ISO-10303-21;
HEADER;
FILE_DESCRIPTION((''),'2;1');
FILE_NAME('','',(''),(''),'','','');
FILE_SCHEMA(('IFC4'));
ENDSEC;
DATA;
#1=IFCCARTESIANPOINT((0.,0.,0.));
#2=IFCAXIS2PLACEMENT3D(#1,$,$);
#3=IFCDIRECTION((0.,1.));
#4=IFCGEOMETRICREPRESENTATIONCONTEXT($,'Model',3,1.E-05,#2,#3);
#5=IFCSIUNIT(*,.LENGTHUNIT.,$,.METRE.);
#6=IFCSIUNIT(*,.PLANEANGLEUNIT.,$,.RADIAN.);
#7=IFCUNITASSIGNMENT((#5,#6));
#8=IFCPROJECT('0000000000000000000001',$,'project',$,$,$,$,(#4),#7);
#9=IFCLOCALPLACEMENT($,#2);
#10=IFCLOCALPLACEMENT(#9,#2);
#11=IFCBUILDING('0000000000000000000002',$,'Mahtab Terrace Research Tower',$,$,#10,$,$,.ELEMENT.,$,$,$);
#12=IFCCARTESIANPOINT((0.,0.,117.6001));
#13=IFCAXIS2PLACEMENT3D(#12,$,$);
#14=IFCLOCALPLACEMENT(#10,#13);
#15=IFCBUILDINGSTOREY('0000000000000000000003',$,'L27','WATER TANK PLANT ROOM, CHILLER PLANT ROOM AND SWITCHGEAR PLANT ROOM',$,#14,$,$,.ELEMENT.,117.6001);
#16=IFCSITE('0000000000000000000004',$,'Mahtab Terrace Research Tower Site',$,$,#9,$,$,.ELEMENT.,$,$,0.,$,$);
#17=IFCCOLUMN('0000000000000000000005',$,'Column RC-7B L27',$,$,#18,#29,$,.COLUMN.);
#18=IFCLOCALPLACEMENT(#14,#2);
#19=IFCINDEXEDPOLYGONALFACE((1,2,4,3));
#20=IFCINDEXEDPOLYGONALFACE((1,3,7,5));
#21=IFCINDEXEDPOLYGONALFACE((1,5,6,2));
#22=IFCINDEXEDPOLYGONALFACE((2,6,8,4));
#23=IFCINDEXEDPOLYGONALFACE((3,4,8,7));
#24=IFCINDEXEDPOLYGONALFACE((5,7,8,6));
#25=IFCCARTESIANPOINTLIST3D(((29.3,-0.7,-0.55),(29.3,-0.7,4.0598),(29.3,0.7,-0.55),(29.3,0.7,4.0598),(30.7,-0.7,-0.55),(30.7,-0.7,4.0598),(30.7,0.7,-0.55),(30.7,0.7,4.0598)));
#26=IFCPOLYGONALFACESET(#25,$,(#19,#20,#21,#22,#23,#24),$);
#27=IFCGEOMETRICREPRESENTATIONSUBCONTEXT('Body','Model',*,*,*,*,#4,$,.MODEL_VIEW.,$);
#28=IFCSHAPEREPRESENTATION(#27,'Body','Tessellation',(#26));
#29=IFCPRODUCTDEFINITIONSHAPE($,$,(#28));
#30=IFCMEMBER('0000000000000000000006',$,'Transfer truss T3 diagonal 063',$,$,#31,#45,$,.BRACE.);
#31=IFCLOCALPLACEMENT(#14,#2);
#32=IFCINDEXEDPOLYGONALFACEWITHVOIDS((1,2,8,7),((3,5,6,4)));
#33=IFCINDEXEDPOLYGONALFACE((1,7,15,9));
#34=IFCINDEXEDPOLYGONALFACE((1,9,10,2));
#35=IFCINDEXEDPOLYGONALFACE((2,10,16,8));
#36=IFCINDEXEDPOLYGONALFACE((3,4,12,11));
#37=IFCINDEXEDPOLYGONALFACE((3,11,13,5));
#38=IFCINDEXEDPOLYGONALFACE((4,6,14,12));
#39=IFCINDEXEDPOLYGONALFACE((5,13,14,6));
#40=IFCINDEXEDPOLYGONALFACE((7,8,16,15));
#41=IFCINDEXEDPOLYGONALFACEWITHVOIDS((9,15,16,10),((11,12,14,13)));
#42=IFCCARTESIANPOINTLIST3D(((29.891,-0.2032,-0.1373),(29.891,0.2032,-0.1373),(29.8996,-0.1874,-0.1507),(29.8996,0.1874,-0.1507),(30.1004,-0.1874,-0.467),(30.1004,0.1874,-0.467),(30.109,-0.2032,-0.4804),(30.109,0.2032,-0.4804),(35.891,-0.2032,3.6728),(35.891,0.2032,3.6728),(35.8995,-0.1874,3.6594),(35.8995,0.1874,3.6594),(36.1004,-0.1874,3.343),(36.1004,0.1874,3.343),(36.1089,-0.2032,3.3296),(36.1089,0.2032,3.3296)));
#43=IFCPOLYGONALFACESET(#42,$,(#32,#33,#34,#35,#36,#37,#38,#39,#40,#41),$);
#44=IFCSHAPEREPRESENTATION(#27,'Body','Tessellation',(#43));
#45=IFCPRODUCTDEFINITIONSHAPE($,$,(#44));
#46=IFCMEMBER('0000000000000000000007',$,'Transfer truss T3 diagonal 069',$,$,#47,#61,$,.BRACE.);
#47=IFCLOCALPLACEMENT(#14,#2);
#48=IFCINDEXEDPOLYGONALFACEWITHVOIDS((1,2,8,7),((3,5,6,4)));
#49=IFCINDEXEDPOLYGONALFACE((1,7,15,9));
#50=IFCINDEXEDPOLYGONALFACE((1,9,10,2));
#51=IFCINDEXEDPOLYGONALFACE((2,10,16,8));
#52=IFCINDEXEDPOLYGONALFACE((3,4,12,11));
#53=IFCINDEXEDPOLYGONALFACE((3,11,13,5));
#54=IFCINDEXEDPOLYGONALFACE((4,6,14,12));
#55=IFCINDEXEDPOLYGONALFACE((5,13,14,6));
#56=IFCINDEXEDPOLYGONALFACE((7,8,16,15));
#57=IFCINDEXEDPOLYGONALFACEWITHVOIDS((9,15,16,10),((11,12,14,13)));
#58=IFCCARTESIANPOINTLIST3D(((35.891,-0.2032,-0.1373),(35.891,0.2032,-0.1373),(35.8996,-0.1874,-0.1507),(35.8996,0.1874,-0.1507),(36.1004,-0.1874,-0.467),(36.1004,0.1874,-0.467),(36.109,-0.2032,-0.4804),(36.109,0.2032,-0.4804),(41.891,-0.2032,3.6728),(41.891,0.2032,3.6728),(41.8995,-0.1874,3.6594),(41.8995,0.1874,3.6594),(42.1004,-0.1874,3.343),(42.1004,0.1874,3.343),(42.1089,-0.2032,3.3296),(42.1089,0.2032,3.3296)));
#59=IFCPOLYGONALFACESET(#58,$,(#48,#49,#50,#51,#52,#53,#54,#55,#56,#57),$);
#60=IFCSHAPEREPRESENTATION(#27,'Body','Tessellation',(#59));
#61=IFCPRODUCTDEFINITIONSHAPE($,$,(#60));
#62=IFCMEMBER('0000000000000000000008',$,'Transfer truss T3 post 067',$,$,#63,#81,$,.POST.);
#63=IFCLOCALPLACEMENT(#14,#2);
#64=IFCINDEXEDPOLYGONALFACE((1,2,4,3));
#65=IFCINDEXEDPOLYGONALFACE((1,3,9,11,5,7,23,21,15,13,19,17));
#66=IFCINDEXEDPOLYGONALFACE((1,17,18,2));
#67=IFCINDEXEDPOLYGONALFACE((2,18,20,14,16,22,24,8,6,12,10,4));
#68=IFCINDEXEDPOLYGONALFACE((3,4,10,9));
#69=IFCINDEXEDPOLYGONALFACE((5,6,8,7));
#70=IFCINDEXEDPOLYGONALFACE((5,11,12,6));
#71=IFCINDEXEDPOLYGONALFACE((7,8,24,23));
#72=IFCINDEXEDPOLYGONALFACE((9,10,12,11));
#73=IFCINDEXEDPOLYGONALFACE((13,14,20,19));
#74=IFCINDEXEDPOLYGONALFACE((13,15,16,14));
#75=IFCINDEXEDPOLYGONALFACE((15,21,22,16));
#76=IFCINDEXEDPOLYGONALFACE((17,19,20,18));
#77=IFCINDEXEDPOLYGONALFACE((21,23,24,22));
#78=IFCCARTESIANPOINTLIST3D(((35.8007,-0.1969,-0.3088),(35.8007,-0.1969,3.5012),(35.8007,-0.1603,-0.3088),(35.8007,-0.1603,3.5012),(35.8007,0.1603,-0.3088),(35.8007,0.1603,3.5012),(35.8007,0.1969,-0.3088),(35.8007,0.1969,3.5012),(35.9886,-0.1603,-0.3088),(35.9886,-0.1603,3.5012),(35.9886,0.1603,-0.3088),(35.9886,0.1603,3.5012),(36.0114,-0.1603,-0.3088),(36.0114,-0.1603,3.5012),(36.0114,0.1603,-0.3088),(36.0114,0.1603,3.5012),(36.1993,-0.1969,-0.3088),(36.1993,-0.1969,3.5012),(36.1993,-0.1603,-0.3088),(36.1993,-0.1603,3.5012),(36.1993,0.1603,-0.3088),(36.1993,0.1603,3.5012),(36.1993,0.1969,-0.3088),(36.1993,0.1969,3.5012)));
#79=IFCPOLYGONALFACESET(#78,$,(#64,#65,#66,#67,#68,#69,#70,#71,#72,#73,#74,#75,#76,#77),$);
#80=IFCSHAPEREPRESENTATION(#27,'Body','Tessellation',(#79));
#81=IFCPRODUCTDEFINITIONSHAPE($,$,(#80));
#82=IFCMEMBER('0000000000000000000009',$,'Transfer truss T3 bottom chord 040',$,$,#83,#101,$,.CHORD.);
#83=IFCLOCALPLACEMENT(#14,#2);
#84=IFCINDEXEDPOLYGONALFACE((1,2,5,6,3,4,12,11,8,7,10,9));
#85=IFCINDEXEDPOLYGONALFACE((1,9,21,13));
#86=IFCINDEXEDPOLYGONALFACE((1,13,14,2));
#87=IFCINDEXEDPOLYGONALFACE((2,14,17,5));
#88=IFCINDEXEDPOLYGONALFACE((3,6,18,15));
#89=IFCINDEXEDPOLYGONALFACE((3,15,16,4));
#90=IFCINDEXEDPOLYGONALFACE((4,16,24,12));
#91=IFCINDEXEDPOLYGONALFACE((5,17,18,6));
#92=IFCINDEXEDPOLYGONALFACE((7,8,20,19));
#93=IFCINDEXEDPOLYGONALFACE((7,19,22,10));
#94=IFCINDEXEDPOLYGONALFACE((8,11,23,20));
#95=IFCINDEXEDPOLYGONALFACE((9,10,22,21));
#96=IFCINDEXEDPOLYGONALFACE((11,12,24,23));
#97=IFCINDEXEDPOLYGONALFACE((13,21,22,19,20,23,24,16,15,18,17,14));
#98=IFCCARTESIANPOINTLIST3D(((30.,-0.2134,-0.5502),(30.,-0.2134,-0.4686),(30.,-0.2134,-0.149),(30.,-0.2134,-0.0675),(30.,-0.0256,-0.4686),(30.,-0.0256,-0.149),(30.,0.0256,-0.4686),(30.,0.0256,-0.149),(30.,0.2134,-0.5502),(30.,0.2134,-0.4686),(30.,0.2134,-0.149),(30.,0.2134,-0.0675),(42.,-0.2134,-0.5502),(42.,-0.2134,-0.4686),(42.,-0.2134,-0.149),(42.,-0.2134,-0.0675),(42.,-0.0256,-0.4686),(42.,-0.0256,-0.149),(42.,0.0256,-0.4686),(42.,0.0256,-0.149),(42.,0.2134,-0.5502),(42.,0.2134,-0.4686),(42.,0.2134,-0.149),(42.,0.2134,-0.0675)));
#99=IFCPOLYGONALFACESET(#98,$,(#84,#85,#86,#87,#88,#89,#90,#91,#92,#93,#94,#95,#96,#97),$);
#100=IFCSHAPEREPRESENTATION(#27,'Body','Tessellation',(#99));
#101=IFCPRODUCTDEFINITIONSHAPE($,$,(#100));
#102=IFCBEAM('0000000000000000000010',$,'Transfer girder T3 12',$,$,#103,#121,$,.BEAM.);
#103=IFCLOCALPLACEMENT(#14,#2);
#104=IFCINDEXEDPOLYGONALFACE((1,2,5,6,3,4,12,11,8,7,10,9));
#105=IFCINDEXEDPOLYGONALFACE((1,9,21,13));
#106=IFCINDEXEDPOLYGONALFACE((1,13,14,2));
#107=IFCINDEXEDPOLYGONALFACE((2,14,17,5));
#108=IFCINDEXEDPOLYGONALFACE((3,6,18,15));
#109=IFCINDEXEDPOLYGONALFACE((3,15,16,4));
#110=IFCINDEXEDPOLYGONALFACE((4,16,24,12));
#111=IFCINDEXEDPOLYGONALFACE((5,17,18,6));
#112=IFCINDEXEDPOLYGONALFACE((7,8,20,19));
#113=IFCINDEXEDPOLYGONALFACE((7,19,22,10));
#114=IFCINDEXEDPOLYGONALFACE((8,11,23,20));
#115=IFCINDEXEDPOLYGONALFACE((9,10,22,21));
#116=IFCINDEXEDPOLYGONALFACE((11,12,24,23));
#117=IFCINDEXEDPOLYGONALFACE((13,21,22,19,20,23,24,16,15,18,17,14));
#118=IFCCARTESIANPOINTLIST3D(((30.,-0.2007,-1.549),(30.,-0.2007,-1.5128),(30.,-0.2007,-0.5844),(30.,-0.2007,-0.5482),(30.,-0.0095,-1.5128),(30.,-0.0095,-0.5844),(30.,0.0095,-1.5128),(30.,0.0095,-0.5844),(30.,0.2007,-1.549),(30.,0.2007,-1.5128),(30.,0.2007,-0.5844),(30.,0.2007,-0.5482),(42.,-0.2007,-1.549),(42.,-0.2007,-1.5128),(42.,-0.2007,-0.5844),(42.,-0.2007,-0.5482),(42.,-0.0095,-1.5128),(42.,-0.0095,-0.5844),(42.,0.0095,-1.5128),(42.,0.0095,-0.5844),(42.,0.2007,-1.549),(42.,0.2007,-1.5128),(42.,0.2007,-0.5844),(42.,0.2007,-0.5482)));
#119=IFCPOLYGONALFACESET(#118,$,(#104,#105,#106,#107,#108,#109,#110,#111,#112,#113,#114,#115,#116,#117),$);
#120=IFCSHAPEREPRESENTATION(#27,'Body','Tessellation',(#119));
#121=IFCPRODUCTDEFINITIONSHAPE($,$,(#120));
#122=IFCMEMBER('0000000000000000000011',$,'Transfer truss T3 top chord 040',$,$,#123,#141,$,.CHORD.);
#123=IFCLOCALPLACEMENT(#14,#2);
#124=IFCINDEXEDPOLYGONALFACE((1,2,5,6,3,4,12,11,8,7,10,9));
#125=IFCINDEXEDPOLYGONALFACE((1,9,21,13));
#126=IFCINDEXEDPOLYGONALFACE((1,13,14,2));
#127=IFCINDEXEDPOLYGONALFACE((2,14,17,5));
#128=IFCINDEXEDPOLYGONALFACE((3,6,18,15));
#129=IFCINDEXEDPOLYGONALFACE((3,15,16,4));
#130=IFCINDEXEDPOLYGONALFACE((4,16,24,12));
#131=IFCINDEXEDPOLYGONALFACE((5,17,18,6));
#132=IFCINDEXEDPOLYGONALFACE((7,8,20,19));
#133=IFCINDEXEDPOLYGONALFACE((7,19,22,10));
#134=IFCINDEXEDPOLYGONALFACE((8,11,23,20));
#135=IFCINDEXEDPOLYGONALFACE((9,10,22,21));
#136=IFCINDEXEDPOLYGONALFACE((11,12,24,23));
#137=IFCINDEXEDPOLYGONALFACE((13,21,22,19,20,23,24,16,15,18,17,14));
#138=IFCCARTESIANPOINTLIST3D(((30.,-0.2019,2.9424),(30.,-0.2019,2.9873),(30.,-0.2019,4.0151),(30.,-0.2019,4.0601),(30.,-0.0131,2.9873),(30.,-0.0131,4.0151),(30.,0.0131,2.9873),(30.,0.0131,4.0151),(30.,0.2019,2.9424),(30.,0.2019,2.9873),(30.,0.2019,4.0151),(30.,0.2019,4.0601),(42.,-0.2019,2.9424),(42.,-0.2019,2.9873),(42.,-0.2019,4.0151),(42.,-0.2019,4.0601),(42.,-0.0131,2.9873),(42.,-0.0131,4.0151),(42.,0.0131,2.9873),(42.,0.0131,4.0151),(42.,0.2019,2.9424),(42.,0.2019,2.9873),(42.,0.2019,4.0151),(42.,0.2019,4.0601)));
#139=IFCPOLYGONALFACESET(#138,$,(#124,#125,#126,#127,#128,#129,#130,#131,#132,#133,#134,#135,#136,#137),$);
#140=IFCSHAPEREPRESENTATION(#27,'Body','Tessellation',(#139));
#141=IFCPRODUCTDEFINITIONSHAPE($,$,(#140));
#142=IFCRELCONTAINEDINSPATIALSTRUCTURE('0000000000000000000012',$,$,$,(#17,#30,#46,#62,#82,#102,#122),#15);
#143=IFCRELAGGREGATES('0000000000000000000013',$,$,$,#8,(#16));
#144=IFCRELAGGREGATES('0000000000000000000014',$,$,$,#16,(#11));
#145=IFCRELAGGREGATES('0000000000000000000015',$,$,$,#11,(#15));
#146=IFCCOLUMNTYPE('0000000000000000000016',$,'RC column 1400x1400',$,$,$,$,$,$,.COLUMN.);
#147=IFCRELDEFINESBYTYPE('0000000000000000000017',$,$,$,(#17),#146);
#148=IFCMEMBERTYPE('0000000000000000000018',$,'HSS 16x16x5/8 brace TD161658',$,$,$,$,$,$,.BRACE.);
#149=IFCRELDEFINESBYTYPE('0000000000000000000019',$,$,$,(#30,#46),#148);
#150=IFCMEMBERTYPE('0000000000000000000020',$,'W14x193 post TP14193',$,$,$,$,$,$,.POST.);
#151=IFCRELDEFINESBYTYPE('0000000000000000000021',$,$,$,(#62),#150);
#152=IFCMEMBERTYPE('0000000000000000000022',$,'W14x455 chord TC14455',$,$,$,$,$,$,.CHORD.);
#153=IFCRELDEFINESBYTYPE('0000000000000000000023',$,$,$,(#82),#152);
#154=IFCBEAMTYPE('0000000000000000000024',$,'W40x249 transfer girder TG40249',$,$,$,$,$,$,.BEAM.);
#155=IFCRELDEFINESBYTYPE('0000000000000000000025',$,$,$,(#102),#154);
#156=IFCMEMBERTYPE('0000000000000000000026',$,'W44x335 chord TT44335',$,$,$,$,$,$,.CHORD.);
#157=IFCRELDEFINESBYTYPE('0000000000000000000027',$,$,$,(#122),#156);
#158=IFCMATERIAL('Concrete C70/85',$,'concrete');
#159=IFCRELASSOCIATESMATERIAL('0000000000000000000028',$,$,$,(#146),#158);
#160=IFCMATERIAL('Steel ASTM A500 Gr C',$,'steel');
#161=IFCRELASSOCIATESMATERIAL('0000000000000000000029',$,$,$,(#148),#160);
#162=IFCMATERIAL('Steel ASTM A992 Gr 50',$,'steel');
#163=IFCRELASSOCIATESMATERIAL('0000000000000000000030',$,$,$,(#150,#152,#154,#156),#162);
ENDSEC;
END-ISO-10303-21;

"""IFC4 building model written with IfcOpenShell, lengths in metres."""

from ifc_helpers import new_model, si_unit, direction, frame, origin, origin_2d, place, context, subcontext, project, spatial, rectangle, hollow_rectangle, i_section, extrude, material, material_profile, profile_set, type_object, element, save


model = new_model("IFC4")

# Units and contexts
model_context = context("Model", 3, precision=1e-05, world=origin(), true_north=direction((0.0, 1.0)))
body_context = subcontext(model_context, "Body", "Model", "MODEL_VIEW")
ifc_project = project(units=[si_unit("LENGTHUNIT", "METRE"), si_unit("PLANEANGLEUNIT", "RADIAN")], contexts=[model_context])

# Site, building, storey
site_placement = place(None, origin())
site = spatial("IfcSite", under=ifc_project, at=site_placement, Name="Mahtab Terrace Research Tower Site", CompositionType="ELEMENT", RefElevation=0.0)
building_placement = place(site_placement, origin())
building = spatial("IfcBuilding", under=site, at=building_placement, Name="Mahtab Terrace Research Tower", CompositionType="ELEMENT")
storey_placement = place(building_placement, frame((0.0, 0.0, 117.6001)))
storey = spatial("IfcBuildingStorey", under=building, at=storey_placement, Name="L27", Description="WATER TANK PLANT ROOM, CHILLER PLANT ROOM AND SWITCHGEAR PLANT ROOM", CompositionType="ELEMENT", Elevation=117.6001)

# Column
ifc_material_1 = material(Name="Concrete C70/85", Category="concrete")
ifc_material_profile_1 = material_profile(ifc_material_1, rectangle(XDim=1.3999, YDim=1.3999, at=origin_2d()), Name="RC column 1400x1400")
ifc_profile_set_1 = profile_set([ifc_material_profile_1], Name="Concrete C70/85")
column_type = type_object("IfcColumnType", Name="RC column 1400x1400", PredefinedType="COLUMN", material=ifc_profile_set_1)
column_placement = place(storey_placement, frame((30.0, 0.0, -0.55), z_axis=(0.0, 0.0, 1.0), x_axis=(1.0, 0.0, 0.0)))
element("IfcColumn", 1, at=column_placement, inside=storey, type_object=column_type, Name="Column RC-7B L27", PredefinedType="COLUMN", context=body_context, shape_type="SweptSolid", body=[
    extrude(rectangle(XDim=1.3999, YDim=1.3999, at=origin_2d()), origin(), (0.0, 0.0, 1.0), 4.6099),
])

# Members
ifc_material_2 = material(Name="Steel ASTM A500 Gr C", Category="steel")
ifc_material_profile_2 = material_profile(ifc_material_2, hollow_rectangle(XDim=0.4065, YDim=0.4065, WallThickness=0.0159, at=origin_2d()), Name="HSS16X16X5/8")
ifc_profile_set_2 = profile_set([ifc_material_profile_2], Name="Steel ASTM A500 Gr C")
member_type_1 = type_object("IfcMemberType", Name="HSS 16x16x5/8 brace TD161658", PredefinedType="BRACE", material=ifc_profile_set_2)
for number, where, z_axis, x_axis, name in (
    (2, (30.0, 0.0, -0.3088), (0.844179, 0.0, 0.536062), (0.0, 1.0, 0.0), "Transfer truss T3 diagonal 063"),
    (3, (36.0, 0.0, -0.3088), (0.844179, 0.0, 0.536062), (0.0, 1.0, 0.0), "Transfer truss T3 diagonal 069"),
):
    element("IfcMember", number, at=place(storey_placement, frame(where, z_axis=z_axis, x_axis=x_axis)), inside=storey, type_object=member_type_1, Name=name, PredefinedType="BRACE", context=body_context, shape_type="SweptSolid", body=[
        extrude(hollow_rectangle(XDim=0.4065, YDim=0.4065, WallThickness=0.0159, at=origin_2d()), origin(), (0.0, 0.0, 1.0), 7.1074),
    ])
ifc_material_3 = material(Name="Steel ASTM A992 Gr 50", Category="steel")
ifc_material_profile_3 = material_profile(ifc_material_3, i_section(OverallWidth=0.3987, OverallDepth=0.3938, WebThickness=0.0227, FlangeThickness=0.0366, at=origin_2d()), Name="W14X193")
ifc_profile_set_3 = profile_set([ifc_material_profile_3], Name="Steel ASTM A992 Gr 50")
member_type_2 = type_object("IfcMemberType", Name="W14x193 post TP14193", PredefinedType="POST", material=ifc_profile_set_3)
member_1_placement = place(storey_placement, frame((36.0, 0.0, -0.3088), z_axis=(0.0, 0.0, 1.0), x_axis=(1.0, 0.0, 0.0)))
element("IfcMember", 4, at=member_1_placement, inside=storey, type_object=member_type_2, Name="Transfer truss T3 post 067", PredefinedType="POST", context=body_context, shape_type="SweptSolid", body=[
    extrude(i_section(OverallWidth=0.3987, OverallDepth=0.3938, WebThickness=0.0227, FlangeThickness=0.0366, at=origin_2d()), origin(), (0.0, 0.0, 1.0), 3.8101),
])
ifc_material_profile_4 = material_profile(ifc_material_3, i_section(OverallWidth=0.4268, OverallDepth=0.4827, WebThickness=0.0513, FlangeThickness=0.0815, at=origin_2d()), Name="W14X455")
ifc_profile_set_4 = profile_set([ifc_material_profile_4], Name="Steel ASTM A992 Gr 50")
member_type_3 = type_object("IfcMemberType", Name="W14x455 chord TC14455", PredefinedType="CHORD", material=ifc_profile_set_4)
member_2_placement = place(storey_placement, frame((30.0, 0.0, -0.3088), z_axis=(1.0, 0.0, 0.0), x_axis=(0.0, 1.0, 0.0)))
element("IfcMember", 5, at=member_2_placement, inside=storey, type_object=member_type_3, Name="Transfer truss T3 bottom chord 040", PredefinedType="CHORD", context=body_context, shape_type="SweptSolid", body=[
    extrude(i_section(OverallWidth=0.4268, OverallDepth=0.4827, WebThickness=0.0513, FlangeThickness=0.0815, at=origin_2d()), origin(), (0.0, 0.0, 1.0), 12.0),
])

# Beam
ifc_material_profile_5 = material_profile(ifc_material_3, i_section(OverallWidth=0.4014, OverallDepth=1.0007, WebThickness=0.019, FlangeThickness=0.0361, at=origin_2d()), Name="W40X249")
ifc_profile_set_5 = profile_set([ifc_material_profile_5], Name="Steel ASTM A992 Gr 50")
beam_type = type_object("IfcBeamType", Name="W40x249 transfer girder TG40249", PredefinedType="BEAM", material=ifc_profile_set_5)
beam_placement = place(storey_placement, frame((30.0, 0.0, -1.0486), z_axis=(1.0, 0.0, 0.0), x_axis=(0.0, 1.0, 0.0)))
element("IfcBeam", 6, at=beam_placement, inside=storey, type_object=beam_type, Name="Transfer girder T3 12", PredefinedType="BEAM", context=body_context, shape_type="SweptSolid", body=[
    extrude(i_section(OverallWidth=0.4014, OverallDepth=1.0007, WebThickness=0.019, FlangeThickness=0.0361, at=origin_2d()), origin(), (0.0, 0.0, 1.0), 12.0),
])

# Member
ifc_material_profile_6 = material_profile(ifc_material_3, i_section(OverallWidth=0.4038, OverallDepth=1.1177, WebThickness=0.0261, FlangeThickness=0.0449, at=origin_2d()), Name="W44X335")
ifc_profile_set_6 = profile_set([ifc_material_profile_6], Name="Steel ASTM A992 Gr 50")
member_type_4 = type_object("IfcMemberType", Name="W44x335 chord TT44335", PredefinedType="CHORD", material=ifc_profile_set_6)
member_3_placement = place(storey_placement, frame((30.0, 0.0, 3.5012), z_axis=(1.0, 0.0, 0.0), x_axis=(0.0, 1.0, 0.0)))
element("IfcMember", 7, at=member_3_placement, inside=storey, type_object=member_type_4, Name="Transfer truss T3 top chord 040", PredefinedType="CHORD", context=body_context, shape_type="SweptSolid", body=[
    extrude(i_section(OverallWidth=0.4038, OverallDepth=1.1177, WebThickness=0.0261, FlangeThickness=0.0449, at=origin_2d()), origin(), (0.0, 0.0, 1.0), 12.0),
])

save(model, "model.ifc")
